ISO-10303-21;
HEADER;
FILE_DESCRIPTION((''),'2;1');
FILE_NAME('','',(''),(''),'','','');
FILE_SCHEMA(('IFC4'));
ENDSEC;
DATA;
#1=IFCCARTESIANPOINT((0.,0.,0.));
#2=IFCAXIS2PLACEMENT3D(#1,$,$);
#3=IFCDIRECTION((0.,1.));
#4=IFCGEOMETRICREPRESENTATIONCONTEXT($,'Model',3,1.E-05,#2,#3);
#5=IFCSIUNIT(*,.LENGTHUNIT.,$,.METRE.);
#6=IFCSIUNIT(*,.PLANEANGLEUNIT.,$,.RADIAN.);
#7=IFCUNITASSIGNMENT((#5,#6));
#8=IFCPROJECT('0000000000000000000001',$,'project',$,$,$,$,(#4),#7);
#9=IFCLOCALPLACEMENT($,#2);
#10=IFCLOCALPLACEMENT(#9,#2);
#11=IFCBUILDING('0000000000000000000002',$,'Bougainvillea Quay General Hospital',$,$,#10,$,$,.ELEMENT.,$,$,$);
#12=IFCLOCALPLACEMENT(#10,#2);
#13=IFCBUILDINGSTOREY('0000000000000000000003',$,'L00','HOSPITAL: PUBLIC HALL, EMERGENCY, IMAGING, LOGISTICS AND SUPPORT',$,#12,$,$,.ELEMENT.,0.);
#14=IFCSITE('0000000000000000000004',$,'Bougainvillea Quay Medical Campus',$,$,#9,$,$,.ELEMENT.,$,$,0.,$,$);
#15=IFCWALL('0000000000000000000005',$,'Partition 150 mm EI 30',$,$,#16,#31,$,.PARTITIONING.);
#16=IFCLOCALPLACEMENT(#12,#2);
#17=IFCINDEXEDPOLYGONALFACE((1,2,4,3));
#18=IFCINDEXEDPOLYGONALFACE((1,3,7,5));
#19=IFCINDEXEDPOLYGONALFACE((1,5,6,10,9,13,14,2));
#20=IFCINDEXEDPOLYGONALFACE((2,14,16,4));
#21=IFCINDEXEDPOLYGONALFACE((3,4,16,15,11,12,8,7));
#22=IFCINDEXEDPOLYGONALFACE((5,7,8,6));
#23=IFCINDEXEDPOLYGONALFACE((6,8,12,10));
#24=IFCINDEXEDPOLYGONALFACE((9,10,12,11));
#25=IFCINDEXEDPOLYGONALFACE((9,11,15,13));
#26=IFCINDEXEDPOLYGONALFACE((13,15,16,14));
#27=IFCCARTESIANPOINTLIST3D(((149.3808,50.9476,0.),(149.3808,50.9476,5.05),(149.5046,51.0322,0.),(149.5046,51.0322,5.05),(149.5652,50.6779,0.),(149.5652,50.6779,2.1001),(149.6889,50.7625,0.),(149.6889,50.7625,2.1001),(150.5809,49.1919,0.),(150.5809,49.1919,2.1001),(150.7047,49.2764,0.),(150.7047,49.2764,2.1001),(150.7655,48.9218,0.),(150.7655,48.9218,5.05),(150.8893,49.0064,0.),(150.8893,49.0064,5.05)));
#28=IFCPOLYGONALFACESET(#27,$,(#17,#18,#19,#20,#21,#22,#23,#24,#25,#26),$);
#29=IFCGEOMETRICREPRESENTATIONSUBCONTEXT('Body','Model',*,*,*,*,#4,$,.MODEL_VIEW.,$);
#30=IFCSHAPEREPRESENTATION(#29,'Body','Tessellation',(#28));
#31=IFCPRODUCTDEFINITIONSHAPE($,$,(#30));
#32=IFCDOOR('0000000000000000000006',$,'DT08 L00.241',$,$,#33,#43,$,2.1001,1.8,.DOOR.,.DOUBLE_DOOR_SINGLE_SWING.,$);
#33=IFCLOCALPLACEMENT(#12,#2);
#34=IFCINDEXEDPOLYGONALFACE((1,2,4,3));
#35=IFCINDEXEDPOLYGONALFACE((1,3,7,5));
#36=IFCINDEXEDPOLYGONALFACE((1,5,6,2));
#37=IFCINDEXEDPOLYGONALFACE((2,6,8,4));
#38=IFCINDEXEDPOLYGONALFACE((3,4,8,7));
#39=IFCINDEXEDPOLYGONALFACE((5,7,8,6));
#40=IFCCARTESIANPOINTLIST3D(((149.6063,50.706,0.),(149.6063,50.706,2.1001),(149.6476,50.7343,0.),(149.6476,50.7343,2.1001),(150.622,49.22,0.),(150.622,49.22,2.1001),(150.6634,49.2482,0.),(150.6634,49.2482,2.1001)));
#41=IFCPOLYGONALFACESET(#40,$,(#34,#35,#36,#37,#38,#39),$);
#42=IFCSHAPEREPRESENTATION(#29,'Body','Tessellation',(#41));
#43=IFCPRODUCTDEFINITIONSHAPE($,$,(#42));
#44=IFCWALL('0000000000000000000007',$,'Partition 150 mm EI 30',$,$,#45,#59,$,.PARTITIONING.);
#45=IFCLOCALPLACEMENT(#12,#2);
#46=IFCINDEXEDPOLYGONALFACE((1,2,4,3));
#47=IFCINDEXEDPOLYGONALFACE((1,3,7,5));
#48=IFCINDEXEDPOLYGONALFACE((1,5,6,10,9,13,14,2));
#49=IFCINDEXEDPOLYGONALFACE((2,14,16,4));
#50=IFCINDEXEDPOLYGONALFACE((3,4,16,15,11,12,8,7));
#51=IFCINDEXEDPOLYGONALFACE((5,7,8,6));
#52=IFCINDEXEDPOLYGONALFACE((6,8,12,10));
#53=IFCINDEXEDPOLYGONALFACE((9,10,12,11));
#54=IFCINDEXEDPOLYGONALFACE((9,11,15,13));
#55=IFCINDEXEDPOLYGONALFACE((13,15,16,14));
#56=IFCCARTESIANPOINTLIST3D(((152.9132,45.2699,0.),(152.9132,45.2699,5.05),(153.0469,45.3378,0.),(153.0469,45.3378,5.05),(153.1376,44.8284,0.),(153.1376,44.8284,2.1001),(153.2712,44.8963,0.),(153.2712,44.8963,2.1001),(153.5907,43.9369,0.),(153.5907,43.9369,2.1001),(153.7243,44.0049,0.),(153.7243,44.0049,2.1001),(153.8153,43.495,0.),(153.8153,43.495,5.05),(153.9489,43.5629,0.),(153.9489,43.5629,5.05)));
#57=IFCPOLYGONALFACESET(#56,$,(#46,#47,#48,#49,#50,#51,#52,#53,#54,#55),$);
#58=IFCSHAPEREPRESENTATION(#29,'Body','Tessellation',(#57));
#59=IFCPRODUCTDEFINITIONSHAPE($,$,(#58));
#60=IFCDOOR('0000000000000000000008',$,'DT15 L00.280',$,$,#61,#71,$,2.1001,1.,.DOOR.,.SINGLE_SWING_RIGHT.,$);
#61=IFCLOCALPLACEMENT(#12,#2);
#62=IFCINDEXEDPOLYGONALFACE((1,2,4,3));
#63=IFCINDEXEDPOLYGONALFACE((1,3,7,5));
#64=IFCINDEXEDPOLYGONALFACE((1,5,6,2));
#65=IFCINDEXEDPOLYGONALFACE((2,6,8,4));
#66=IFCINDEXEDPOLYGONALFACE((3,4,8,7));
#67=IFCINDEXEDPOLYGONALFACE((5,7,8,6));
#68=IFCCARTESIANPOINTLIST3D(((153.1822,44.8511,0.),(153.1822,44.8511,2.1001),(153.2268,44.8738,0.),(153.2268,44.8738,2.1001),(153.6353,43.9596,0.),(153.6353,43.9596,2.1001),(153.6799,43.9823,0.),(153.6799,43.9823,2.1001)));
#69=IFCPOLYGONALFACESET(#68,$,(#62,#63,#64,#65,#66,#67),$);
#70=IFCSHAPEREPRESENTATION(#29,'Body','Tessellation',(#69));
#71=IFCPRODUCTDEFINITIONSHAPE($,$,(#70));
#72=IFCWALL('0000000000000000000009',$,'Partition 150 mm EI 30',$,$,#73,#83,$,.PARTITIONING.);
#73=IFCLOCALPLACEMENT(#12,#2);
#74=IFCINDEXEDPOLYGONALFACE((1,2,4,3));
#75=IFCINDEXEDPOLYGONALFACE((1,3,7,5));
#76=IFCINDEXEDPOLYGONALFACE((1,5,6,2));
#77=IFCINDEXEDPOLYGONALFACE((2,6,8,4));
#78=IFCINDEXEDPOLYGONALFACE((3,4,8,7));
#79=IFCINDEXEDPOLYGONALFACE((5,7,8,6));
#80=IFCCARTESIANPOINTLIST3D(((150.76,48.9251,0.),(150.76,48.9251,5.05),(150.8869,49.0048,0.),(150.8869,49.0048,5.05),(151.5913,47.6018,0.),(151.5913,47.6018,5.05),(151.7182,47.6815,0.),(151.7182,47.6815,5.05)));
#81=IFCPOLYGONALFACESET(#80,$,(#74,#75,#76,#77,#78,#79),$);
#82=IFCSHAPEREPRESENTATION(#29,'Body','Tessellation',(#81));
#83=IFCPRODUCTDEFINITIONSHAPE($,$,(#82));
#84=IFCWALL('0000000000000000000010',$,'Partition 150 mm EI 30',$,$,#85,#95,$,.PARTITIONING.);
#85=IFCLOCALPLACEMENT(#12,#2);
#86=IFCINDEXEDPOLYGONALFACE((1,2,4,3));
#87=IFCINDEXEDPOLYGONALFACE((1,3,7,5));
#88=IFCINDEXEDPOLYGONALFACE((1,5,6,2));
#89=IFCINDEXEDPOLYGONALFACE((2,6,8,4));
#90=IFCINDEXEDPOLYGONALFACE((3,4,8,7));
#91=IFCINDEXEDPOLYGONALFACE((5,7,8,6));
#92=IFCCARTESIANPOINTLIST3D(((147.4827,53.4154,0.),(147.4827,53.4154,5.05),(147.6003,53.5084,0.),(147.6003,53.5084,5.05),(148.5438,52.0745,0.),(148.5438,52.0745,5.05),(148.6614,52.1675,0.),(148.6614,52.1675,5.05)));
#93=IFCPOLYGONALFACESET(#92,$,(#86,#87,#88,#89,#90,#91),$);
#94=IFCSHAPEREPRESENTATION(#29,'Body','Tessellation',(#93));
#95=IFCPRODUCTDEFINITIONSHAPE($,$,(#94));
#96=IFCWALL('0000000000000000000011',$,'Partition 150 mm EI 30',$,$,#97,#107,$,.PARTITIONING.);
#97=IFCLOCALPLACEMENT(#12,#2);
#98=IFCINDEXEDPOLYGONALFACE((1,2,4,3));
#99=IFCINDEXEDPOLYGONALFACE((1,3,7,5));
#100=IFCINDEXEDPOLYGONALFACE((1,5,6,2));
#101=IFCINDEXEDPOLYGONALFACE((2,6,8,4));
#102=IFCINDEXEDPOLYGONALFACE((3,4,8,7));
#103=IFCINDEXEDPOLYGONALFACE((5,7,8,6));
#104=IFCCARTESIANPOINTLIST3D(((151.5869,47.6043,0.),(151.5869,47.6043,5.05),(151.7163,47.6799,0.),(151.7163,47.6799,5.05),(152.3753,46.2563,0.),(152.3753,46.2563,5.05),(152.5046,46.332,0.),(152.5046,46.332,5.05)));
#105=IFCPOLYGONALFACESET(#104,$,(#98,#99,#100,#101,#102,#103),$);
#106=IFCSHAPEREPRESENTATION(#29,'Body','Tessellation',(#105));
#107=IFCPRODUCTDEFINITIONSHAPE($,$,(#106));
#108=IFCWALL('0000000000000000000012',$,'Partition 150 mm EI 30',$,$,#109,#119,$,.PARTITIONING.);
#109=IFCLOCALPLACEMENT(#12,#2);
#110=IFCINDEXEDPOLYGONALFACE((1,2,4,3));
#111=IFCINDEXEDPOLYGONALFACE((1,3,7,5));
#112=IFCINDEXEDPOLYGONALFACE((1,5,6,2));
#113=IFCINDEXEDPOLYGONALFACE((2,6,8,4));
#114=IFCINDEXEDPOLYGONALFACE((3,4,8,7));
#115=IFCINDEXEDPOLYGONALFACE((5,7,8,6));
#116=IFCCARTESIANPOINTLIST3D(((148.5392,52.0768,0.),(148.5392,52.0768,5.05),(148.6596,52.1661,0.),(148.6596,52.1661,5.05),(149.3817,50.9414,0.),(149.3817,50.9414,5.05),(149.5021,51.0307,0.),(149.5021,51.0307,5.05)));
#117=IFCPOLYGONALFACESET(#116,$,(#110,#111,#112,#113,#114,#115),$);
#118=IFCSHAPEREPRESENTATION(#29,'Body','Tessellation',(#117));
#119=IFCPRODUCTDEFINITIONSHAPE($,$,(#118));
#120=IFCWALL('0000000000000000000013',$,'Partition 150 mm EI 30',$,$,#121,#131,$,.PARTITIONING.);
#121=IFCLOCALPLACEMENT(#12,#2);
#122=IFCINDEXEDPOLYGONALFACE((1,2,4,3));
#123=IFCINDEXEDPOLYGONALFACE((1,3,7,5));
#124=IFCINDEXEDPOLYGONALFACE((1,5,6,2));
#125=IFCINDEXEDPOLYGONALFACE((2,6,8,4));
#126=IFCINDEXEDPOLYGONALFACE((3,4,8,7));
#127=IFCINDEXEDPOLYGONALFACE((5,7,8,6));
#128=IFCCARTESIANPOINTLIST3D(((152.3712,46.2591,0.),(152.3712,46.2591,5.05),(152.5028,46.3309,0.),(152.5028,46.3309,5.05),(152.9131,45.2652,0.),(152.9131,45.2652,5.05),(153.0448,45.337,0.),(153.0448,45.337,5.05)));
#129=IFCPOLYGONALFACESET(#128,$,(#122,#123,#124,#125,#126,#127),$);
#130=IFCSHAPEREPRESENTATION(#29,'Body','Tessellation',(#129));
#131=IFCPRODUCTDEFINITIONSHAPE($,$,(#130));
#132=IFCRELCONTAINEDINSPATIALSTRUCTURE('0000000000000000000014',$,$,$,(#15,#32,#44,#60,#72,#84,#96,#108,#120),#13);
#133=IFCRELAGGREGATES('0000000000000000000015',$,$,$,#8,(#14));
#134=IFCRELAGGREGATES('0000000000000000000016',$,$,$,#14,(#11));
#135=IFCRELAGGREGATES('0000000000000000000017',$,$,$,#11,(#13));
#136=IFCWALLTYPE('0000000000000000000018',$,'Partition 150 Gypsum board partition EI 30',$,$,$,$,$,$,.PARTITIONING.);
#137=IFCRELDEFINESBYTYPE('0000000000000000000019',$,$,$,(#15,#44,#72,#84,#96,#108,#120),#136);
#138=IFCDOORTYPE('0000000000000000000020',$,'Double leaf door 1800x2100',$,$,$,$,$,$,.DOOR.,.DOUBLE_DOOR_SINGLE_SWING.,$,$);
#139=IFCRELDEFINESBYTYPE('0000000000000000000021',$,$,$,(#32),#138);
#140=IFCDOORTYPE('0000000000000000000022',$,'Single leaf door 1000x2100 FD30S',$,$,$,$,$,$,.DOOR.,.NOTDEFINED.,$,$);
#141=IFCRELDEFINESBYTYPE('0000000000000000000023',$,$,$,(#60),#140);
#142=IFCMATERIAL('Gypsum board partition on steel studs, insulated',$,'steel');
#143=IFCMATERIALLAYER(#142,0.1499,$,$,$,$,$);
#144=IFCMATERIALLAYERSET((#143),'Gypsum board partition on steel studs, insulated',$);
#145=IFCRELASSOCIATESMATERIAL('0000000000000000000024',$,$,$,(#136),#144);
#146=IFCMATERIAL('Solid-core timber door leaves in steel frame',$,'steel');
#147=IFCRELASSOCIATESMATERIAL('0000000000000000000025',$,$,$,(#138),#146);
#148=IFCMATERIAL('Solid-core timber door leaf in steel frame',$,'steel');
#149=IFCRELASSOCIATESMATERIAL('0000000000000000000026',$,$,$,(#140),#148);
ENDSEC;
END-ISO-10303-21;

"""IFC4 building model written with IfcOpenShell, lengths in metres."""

from ifc_helpers import new_model, si_unit, direction, frame, frame_2d, origin, place, context, subcontext, project, spatial, rectangle, extrude, material, layer, layer_set, type_object, element, fill, save


model = new_model("IFC4")

# Units and contexts
model_context = context("Model", 3, precision=1e-05, world=origin(), true_north=direction((0.0, 1.0)))
body_context = subcontext(model_context, "Body", "Model", "MODEL_VIEW")
ifc_project = project(units=[si_unit("LENGTHUNIT", "METRE"), si_unit("PLANEANGLEUNIT", "RADIAN")], contexts=[model_context])

# Site, building, storey
site_placement = place(None, origin())
site = spatial("IfcSite", under=ifc_project, at=site_placement, Name="Bougainvillea Quay Medical Campus", CompositionType="ELEMENT", RefElevation=0.0)
building_placement = place(site_placement, origin())
building = spatial("IfcBuilding", under=site, at=building_placement, Name="Bougainvillea Quay General Hospital", CompositionType="ELEMENT")
storey_placement = place(building_placement, origin())
storey = spatial("IfcBuildingStorey", under=building, at=storey_placement, Name="L00", Description="HOSPITAL: PUBLIC HALL, EMERGENCY, IMAGING, LOGISTICS AND SUPPORT", CompositionType="ELEMENT", Elevation=0.0)

# Shared definitions
ifc_material_1 = material(Name="Gypsum board partition on steel studs, insulated", Category="steel")
ifc_layer_1 = layer(ifc_material_1, 0.1499)
ifc_layer_set_1 = layer_set([ifc_layer_1], Name="Gypsum board partition on steel studs, insulated")
wall_type_1 = type_object("IfcWallType", Name="Partition 150 Gypsum board partition EI 30", PredefinedType="PARTITIONING", material=ifc_layer_set_1)
ifc_material_2 = material(Name="Solid-core timber door leaves in steel frame", Category="steel")
door_type_1 = type_object("IfcDoorType", Name="Double leaf door 1800x2100", OperationType="DOUBLE_DOOR_SINGLE_SWING", PredefinedType="DOOR", material=ifc_material_2)

# Walls, openings, doors
ifc_material_3 = material(Name="Solid-core timber door leaf in steel frame", Category="steel")
door_type_2 = type_object("IfcDoorType", Name="Single leaf door 1000x2100 FD30S", OperationType="NOTDEFINED", PredefinedType="DOOR", material=ifc_material_3)
wall_1_placement = place(storey_placement, frame((149.4426, 50.99, 0.0), z_axis=(0.0, 0.0, 1.0), x_axis=(0.564306, -0.825566, 0.0)))
wall_1 = element("IfcWall", 1, at=wall_1_placement, inside=storey, type_object=wall_type_1, Name="Partition 150 mm EI 30", PredefinedType="PARTITIONING", context=body_context, shape_type="SweptSolid", body=[
    extrude(rectangle(XDim=2.4539, YDim=0.1499, at=frame_2d((1.2271, 0.0))), origin(), (0.0, 0.0, 1.0), 5.05),
])
opening_1_placement = place(wall_1_placement, frame((0.3269, 0.0, 0.0)))
opening_1 = element("IfcOpeningElement", 2, at=opening_1_placement, cuts=wall_1, PredefinedType="OPENING", context=body_context, shape_type="SweptSolid", body=[
    extrude(rectangle(XDim=1.8, YDim=2.1001, at=frame_2d((0.8999, 1.05))), frame((0.0, 0.085, 0.0), z_axis=(0.0, -1.0, 0.0), x_axis=(1.0, 0.0, 0.0)), (0.0, 0.0, 1.0), 0.1699),
])
door_1_placement = place(opening_1_placement, origin())
door_1 = element("IfcDoor", 3, at=door_1_placement, inside=storey, type_object=door_type_1, Name="DT08 L00.241", OperationType="DOUBLE_DOOR_SINGLE_SWING", OverallHeight=2.1001, OverallWidth=1.8, PredefinedType="DOOR", context=body_context, shape_type="SweptSolid", body=[
    extrude(rectangle(XDim=1.8, YDim=2.1001, at=frame_2d((0.8999, 1.05))), frame((0.0, 0.0249, 0.0), z_axis=(0.0, -1.0, 0.0), x_axis=(1.0, 0.0, 0.0)), (0.0, 0.0, 1.0), 0.05),
])
fill(opening_1, door_1)
wall_2_placement = place(storey_placement, frame((152.98, 45.304, 0.0), z_axis=(0.0, 0.0, 1.0), x_axis=(0.45309, -0.891465, 0.0)))
wall_2 = element("IfcWall", 4, at=wall_2_placement, inside=storey, type_object=wall_type_1, Name="Partition 150 mm EI 30", PredefinedType="PARTITIONING", context=body_context, shape_type="SweptSolid", body=[
    extrude(rectangle(XDim=1.991, YDim=0.1499, at=frame_2d((0.9956, 0.0))), origin(), (0.0, 0.0, 1.0), 5.05),
])
opening_2_placement = place(wall_2_placement, frame((0.4954, 0.0, 0.0)))
opening_2 = element("IfcOpeningElement", 5, at=opening_2_placement, cuts=wall_2, PredefinedType="OPENING", context=body_context, shape_type="SweptSolid", body=[
    extrude(rectangle(XDim=1.0, YDim=2.1001, at=frame_2d((0.5, 1.05))), frame((0.0, 0.085, 0.0), z_axis=(0.0, -1.0, 0.0), x_axis=(1.0, 0.0, 0.0)), (0.0, 0.0, 1.0), 0.1699),
])
door_2_placement = place(opening_2_placement, frame((1.0, 0.0, 0.0), z_axis=(0.0, 0.0, 1.0), x_axis=(-1.0, 0.0, 0.0)))
door_2 = element("IfcDoor", 6, at=door_2_placement, inside=storey, type_object=door_type_2, Name="DT15 L00.280", OperationType="SINGLE_SWING_RIGHT", OverallHeight=2.1001, OverallWidth=1.0, PredefinedType="DOOR", context=body_context, shape_type="SweptSolid", body=[
    extrude(rectangle(XDim=1.0, YDim=2.1001, at=frame_2d((0.5, 1.05))), frame((0.0, 0.0249, 0.0), z_axis=(0.0, -1.0, 0.0), x_axis=(1.0, 0.0, 0.0)), (0.0, 0.0, 1.0), 0.05),
])
fill(opening_2, door_2)

# Walls
wall_3_placement = place(storey_placement, frame((150.8235, 48.9648, 0.0), z_axis=(0.0, 0.0, 1.0), x_axis=(0.531964, -0.846767, 0.0)))
element("IfcWall", 7, at=wall_3_placement, inside=storey, type_object=wall_type_1, Name="Partition 150 mm EI 30", PredefinedType="PARTITIONING", context=body_context, shape_type="SweptSolid", body=[
    extrude(rectangle(XDim=1.5627, YDim=0.1499, at=frame_2d((0.7812, 0.0))), origin(), (0.0, 0.0, 1.0), 5.05),
])
wall_4_placement = place(storey_placement, frame((147.5415, 53.4619, 0.0), z_axis=(0.0, 0.0, 1.0), x_axis=(0.620542, -0.784173, 0.0)))
element("IfcWall", 8, at=wall_4_placement, inside=storey, type_object=wall_type_1, Name="Partition 150 mm EI 30", PredefinedType="PARTITIONING", context=body_context, shape_type="SweptSolid", body=[
    extrude(rectangle(XDim=1.71, YDim=0.1499, at=frame_2d((0.855, 0.0))), origin(), (0.0, 0.0, 1.0), 5.05),
])
wall_5_placement = place(storey_placement, frame((151.6516, 47.6421, 0.0), z_axis=(0.0, 0.0, 1.0), x_axis=(0.504853, -0.863206, 0.0)))
element("IfcWall", 9, at=wall_5_placement, inside=storey, type_object=wall_type_1, Name="Partition 150 mm EI 30", PredefinedType="PARTITIONING", context=body_context, shape_type="SweptSolid", body=[
    extrude(rectangle(XDim=1.5615, YDim=0.1499, at=frame_2d((0.7808, 0.0))), origin(), (0.0, 0.0, 1.0), 5.05),
])
wall_6_placement = place(storey_placement, frame((148.5994, 52.1216, 0.0), z_axis=(0.0, 0.0, 1.0), x_axis=(0.595876, -0.803077, 0.0)))
element("IfcWall", 10, at=wall_6_placement, inside=storey, type_object=wall_type_1, Name="Partition 150 mm EI 30", PredefinedType="PARTITIONING", context=body_context, shape_type="SweptSolid", body=[
    extrude(rectangle(XDim=1.4138, YDim=0.1499, at=frame_2d((0.707, 0.0))), origin(), (0.0, 0.0, 1.0), 5.05),
])
wall_7_placement = place(storey_placement, frame((152.437, 46.2949, 0.0), z_axis=(0.0, 0.0, 1.0), x_axis=(0.478761, -0.877945, 0.0)))
element("IfcWall", 11, at=wall_7_placement, inside=storey, type_object=wall_type_1, Name="Partition 150 mm EI 30", PredefinedType="PARTITIONING", context=body_context, shape_type="SweptSolid", body=[
    extrude(rectangle(XDim=1.1321, YDim=0.1499, at=frame_2d((0.5659, 0.0))), origin(), (0.0, 0.0, 1.0), 5.05),
])

save(model, "model.ifc")
